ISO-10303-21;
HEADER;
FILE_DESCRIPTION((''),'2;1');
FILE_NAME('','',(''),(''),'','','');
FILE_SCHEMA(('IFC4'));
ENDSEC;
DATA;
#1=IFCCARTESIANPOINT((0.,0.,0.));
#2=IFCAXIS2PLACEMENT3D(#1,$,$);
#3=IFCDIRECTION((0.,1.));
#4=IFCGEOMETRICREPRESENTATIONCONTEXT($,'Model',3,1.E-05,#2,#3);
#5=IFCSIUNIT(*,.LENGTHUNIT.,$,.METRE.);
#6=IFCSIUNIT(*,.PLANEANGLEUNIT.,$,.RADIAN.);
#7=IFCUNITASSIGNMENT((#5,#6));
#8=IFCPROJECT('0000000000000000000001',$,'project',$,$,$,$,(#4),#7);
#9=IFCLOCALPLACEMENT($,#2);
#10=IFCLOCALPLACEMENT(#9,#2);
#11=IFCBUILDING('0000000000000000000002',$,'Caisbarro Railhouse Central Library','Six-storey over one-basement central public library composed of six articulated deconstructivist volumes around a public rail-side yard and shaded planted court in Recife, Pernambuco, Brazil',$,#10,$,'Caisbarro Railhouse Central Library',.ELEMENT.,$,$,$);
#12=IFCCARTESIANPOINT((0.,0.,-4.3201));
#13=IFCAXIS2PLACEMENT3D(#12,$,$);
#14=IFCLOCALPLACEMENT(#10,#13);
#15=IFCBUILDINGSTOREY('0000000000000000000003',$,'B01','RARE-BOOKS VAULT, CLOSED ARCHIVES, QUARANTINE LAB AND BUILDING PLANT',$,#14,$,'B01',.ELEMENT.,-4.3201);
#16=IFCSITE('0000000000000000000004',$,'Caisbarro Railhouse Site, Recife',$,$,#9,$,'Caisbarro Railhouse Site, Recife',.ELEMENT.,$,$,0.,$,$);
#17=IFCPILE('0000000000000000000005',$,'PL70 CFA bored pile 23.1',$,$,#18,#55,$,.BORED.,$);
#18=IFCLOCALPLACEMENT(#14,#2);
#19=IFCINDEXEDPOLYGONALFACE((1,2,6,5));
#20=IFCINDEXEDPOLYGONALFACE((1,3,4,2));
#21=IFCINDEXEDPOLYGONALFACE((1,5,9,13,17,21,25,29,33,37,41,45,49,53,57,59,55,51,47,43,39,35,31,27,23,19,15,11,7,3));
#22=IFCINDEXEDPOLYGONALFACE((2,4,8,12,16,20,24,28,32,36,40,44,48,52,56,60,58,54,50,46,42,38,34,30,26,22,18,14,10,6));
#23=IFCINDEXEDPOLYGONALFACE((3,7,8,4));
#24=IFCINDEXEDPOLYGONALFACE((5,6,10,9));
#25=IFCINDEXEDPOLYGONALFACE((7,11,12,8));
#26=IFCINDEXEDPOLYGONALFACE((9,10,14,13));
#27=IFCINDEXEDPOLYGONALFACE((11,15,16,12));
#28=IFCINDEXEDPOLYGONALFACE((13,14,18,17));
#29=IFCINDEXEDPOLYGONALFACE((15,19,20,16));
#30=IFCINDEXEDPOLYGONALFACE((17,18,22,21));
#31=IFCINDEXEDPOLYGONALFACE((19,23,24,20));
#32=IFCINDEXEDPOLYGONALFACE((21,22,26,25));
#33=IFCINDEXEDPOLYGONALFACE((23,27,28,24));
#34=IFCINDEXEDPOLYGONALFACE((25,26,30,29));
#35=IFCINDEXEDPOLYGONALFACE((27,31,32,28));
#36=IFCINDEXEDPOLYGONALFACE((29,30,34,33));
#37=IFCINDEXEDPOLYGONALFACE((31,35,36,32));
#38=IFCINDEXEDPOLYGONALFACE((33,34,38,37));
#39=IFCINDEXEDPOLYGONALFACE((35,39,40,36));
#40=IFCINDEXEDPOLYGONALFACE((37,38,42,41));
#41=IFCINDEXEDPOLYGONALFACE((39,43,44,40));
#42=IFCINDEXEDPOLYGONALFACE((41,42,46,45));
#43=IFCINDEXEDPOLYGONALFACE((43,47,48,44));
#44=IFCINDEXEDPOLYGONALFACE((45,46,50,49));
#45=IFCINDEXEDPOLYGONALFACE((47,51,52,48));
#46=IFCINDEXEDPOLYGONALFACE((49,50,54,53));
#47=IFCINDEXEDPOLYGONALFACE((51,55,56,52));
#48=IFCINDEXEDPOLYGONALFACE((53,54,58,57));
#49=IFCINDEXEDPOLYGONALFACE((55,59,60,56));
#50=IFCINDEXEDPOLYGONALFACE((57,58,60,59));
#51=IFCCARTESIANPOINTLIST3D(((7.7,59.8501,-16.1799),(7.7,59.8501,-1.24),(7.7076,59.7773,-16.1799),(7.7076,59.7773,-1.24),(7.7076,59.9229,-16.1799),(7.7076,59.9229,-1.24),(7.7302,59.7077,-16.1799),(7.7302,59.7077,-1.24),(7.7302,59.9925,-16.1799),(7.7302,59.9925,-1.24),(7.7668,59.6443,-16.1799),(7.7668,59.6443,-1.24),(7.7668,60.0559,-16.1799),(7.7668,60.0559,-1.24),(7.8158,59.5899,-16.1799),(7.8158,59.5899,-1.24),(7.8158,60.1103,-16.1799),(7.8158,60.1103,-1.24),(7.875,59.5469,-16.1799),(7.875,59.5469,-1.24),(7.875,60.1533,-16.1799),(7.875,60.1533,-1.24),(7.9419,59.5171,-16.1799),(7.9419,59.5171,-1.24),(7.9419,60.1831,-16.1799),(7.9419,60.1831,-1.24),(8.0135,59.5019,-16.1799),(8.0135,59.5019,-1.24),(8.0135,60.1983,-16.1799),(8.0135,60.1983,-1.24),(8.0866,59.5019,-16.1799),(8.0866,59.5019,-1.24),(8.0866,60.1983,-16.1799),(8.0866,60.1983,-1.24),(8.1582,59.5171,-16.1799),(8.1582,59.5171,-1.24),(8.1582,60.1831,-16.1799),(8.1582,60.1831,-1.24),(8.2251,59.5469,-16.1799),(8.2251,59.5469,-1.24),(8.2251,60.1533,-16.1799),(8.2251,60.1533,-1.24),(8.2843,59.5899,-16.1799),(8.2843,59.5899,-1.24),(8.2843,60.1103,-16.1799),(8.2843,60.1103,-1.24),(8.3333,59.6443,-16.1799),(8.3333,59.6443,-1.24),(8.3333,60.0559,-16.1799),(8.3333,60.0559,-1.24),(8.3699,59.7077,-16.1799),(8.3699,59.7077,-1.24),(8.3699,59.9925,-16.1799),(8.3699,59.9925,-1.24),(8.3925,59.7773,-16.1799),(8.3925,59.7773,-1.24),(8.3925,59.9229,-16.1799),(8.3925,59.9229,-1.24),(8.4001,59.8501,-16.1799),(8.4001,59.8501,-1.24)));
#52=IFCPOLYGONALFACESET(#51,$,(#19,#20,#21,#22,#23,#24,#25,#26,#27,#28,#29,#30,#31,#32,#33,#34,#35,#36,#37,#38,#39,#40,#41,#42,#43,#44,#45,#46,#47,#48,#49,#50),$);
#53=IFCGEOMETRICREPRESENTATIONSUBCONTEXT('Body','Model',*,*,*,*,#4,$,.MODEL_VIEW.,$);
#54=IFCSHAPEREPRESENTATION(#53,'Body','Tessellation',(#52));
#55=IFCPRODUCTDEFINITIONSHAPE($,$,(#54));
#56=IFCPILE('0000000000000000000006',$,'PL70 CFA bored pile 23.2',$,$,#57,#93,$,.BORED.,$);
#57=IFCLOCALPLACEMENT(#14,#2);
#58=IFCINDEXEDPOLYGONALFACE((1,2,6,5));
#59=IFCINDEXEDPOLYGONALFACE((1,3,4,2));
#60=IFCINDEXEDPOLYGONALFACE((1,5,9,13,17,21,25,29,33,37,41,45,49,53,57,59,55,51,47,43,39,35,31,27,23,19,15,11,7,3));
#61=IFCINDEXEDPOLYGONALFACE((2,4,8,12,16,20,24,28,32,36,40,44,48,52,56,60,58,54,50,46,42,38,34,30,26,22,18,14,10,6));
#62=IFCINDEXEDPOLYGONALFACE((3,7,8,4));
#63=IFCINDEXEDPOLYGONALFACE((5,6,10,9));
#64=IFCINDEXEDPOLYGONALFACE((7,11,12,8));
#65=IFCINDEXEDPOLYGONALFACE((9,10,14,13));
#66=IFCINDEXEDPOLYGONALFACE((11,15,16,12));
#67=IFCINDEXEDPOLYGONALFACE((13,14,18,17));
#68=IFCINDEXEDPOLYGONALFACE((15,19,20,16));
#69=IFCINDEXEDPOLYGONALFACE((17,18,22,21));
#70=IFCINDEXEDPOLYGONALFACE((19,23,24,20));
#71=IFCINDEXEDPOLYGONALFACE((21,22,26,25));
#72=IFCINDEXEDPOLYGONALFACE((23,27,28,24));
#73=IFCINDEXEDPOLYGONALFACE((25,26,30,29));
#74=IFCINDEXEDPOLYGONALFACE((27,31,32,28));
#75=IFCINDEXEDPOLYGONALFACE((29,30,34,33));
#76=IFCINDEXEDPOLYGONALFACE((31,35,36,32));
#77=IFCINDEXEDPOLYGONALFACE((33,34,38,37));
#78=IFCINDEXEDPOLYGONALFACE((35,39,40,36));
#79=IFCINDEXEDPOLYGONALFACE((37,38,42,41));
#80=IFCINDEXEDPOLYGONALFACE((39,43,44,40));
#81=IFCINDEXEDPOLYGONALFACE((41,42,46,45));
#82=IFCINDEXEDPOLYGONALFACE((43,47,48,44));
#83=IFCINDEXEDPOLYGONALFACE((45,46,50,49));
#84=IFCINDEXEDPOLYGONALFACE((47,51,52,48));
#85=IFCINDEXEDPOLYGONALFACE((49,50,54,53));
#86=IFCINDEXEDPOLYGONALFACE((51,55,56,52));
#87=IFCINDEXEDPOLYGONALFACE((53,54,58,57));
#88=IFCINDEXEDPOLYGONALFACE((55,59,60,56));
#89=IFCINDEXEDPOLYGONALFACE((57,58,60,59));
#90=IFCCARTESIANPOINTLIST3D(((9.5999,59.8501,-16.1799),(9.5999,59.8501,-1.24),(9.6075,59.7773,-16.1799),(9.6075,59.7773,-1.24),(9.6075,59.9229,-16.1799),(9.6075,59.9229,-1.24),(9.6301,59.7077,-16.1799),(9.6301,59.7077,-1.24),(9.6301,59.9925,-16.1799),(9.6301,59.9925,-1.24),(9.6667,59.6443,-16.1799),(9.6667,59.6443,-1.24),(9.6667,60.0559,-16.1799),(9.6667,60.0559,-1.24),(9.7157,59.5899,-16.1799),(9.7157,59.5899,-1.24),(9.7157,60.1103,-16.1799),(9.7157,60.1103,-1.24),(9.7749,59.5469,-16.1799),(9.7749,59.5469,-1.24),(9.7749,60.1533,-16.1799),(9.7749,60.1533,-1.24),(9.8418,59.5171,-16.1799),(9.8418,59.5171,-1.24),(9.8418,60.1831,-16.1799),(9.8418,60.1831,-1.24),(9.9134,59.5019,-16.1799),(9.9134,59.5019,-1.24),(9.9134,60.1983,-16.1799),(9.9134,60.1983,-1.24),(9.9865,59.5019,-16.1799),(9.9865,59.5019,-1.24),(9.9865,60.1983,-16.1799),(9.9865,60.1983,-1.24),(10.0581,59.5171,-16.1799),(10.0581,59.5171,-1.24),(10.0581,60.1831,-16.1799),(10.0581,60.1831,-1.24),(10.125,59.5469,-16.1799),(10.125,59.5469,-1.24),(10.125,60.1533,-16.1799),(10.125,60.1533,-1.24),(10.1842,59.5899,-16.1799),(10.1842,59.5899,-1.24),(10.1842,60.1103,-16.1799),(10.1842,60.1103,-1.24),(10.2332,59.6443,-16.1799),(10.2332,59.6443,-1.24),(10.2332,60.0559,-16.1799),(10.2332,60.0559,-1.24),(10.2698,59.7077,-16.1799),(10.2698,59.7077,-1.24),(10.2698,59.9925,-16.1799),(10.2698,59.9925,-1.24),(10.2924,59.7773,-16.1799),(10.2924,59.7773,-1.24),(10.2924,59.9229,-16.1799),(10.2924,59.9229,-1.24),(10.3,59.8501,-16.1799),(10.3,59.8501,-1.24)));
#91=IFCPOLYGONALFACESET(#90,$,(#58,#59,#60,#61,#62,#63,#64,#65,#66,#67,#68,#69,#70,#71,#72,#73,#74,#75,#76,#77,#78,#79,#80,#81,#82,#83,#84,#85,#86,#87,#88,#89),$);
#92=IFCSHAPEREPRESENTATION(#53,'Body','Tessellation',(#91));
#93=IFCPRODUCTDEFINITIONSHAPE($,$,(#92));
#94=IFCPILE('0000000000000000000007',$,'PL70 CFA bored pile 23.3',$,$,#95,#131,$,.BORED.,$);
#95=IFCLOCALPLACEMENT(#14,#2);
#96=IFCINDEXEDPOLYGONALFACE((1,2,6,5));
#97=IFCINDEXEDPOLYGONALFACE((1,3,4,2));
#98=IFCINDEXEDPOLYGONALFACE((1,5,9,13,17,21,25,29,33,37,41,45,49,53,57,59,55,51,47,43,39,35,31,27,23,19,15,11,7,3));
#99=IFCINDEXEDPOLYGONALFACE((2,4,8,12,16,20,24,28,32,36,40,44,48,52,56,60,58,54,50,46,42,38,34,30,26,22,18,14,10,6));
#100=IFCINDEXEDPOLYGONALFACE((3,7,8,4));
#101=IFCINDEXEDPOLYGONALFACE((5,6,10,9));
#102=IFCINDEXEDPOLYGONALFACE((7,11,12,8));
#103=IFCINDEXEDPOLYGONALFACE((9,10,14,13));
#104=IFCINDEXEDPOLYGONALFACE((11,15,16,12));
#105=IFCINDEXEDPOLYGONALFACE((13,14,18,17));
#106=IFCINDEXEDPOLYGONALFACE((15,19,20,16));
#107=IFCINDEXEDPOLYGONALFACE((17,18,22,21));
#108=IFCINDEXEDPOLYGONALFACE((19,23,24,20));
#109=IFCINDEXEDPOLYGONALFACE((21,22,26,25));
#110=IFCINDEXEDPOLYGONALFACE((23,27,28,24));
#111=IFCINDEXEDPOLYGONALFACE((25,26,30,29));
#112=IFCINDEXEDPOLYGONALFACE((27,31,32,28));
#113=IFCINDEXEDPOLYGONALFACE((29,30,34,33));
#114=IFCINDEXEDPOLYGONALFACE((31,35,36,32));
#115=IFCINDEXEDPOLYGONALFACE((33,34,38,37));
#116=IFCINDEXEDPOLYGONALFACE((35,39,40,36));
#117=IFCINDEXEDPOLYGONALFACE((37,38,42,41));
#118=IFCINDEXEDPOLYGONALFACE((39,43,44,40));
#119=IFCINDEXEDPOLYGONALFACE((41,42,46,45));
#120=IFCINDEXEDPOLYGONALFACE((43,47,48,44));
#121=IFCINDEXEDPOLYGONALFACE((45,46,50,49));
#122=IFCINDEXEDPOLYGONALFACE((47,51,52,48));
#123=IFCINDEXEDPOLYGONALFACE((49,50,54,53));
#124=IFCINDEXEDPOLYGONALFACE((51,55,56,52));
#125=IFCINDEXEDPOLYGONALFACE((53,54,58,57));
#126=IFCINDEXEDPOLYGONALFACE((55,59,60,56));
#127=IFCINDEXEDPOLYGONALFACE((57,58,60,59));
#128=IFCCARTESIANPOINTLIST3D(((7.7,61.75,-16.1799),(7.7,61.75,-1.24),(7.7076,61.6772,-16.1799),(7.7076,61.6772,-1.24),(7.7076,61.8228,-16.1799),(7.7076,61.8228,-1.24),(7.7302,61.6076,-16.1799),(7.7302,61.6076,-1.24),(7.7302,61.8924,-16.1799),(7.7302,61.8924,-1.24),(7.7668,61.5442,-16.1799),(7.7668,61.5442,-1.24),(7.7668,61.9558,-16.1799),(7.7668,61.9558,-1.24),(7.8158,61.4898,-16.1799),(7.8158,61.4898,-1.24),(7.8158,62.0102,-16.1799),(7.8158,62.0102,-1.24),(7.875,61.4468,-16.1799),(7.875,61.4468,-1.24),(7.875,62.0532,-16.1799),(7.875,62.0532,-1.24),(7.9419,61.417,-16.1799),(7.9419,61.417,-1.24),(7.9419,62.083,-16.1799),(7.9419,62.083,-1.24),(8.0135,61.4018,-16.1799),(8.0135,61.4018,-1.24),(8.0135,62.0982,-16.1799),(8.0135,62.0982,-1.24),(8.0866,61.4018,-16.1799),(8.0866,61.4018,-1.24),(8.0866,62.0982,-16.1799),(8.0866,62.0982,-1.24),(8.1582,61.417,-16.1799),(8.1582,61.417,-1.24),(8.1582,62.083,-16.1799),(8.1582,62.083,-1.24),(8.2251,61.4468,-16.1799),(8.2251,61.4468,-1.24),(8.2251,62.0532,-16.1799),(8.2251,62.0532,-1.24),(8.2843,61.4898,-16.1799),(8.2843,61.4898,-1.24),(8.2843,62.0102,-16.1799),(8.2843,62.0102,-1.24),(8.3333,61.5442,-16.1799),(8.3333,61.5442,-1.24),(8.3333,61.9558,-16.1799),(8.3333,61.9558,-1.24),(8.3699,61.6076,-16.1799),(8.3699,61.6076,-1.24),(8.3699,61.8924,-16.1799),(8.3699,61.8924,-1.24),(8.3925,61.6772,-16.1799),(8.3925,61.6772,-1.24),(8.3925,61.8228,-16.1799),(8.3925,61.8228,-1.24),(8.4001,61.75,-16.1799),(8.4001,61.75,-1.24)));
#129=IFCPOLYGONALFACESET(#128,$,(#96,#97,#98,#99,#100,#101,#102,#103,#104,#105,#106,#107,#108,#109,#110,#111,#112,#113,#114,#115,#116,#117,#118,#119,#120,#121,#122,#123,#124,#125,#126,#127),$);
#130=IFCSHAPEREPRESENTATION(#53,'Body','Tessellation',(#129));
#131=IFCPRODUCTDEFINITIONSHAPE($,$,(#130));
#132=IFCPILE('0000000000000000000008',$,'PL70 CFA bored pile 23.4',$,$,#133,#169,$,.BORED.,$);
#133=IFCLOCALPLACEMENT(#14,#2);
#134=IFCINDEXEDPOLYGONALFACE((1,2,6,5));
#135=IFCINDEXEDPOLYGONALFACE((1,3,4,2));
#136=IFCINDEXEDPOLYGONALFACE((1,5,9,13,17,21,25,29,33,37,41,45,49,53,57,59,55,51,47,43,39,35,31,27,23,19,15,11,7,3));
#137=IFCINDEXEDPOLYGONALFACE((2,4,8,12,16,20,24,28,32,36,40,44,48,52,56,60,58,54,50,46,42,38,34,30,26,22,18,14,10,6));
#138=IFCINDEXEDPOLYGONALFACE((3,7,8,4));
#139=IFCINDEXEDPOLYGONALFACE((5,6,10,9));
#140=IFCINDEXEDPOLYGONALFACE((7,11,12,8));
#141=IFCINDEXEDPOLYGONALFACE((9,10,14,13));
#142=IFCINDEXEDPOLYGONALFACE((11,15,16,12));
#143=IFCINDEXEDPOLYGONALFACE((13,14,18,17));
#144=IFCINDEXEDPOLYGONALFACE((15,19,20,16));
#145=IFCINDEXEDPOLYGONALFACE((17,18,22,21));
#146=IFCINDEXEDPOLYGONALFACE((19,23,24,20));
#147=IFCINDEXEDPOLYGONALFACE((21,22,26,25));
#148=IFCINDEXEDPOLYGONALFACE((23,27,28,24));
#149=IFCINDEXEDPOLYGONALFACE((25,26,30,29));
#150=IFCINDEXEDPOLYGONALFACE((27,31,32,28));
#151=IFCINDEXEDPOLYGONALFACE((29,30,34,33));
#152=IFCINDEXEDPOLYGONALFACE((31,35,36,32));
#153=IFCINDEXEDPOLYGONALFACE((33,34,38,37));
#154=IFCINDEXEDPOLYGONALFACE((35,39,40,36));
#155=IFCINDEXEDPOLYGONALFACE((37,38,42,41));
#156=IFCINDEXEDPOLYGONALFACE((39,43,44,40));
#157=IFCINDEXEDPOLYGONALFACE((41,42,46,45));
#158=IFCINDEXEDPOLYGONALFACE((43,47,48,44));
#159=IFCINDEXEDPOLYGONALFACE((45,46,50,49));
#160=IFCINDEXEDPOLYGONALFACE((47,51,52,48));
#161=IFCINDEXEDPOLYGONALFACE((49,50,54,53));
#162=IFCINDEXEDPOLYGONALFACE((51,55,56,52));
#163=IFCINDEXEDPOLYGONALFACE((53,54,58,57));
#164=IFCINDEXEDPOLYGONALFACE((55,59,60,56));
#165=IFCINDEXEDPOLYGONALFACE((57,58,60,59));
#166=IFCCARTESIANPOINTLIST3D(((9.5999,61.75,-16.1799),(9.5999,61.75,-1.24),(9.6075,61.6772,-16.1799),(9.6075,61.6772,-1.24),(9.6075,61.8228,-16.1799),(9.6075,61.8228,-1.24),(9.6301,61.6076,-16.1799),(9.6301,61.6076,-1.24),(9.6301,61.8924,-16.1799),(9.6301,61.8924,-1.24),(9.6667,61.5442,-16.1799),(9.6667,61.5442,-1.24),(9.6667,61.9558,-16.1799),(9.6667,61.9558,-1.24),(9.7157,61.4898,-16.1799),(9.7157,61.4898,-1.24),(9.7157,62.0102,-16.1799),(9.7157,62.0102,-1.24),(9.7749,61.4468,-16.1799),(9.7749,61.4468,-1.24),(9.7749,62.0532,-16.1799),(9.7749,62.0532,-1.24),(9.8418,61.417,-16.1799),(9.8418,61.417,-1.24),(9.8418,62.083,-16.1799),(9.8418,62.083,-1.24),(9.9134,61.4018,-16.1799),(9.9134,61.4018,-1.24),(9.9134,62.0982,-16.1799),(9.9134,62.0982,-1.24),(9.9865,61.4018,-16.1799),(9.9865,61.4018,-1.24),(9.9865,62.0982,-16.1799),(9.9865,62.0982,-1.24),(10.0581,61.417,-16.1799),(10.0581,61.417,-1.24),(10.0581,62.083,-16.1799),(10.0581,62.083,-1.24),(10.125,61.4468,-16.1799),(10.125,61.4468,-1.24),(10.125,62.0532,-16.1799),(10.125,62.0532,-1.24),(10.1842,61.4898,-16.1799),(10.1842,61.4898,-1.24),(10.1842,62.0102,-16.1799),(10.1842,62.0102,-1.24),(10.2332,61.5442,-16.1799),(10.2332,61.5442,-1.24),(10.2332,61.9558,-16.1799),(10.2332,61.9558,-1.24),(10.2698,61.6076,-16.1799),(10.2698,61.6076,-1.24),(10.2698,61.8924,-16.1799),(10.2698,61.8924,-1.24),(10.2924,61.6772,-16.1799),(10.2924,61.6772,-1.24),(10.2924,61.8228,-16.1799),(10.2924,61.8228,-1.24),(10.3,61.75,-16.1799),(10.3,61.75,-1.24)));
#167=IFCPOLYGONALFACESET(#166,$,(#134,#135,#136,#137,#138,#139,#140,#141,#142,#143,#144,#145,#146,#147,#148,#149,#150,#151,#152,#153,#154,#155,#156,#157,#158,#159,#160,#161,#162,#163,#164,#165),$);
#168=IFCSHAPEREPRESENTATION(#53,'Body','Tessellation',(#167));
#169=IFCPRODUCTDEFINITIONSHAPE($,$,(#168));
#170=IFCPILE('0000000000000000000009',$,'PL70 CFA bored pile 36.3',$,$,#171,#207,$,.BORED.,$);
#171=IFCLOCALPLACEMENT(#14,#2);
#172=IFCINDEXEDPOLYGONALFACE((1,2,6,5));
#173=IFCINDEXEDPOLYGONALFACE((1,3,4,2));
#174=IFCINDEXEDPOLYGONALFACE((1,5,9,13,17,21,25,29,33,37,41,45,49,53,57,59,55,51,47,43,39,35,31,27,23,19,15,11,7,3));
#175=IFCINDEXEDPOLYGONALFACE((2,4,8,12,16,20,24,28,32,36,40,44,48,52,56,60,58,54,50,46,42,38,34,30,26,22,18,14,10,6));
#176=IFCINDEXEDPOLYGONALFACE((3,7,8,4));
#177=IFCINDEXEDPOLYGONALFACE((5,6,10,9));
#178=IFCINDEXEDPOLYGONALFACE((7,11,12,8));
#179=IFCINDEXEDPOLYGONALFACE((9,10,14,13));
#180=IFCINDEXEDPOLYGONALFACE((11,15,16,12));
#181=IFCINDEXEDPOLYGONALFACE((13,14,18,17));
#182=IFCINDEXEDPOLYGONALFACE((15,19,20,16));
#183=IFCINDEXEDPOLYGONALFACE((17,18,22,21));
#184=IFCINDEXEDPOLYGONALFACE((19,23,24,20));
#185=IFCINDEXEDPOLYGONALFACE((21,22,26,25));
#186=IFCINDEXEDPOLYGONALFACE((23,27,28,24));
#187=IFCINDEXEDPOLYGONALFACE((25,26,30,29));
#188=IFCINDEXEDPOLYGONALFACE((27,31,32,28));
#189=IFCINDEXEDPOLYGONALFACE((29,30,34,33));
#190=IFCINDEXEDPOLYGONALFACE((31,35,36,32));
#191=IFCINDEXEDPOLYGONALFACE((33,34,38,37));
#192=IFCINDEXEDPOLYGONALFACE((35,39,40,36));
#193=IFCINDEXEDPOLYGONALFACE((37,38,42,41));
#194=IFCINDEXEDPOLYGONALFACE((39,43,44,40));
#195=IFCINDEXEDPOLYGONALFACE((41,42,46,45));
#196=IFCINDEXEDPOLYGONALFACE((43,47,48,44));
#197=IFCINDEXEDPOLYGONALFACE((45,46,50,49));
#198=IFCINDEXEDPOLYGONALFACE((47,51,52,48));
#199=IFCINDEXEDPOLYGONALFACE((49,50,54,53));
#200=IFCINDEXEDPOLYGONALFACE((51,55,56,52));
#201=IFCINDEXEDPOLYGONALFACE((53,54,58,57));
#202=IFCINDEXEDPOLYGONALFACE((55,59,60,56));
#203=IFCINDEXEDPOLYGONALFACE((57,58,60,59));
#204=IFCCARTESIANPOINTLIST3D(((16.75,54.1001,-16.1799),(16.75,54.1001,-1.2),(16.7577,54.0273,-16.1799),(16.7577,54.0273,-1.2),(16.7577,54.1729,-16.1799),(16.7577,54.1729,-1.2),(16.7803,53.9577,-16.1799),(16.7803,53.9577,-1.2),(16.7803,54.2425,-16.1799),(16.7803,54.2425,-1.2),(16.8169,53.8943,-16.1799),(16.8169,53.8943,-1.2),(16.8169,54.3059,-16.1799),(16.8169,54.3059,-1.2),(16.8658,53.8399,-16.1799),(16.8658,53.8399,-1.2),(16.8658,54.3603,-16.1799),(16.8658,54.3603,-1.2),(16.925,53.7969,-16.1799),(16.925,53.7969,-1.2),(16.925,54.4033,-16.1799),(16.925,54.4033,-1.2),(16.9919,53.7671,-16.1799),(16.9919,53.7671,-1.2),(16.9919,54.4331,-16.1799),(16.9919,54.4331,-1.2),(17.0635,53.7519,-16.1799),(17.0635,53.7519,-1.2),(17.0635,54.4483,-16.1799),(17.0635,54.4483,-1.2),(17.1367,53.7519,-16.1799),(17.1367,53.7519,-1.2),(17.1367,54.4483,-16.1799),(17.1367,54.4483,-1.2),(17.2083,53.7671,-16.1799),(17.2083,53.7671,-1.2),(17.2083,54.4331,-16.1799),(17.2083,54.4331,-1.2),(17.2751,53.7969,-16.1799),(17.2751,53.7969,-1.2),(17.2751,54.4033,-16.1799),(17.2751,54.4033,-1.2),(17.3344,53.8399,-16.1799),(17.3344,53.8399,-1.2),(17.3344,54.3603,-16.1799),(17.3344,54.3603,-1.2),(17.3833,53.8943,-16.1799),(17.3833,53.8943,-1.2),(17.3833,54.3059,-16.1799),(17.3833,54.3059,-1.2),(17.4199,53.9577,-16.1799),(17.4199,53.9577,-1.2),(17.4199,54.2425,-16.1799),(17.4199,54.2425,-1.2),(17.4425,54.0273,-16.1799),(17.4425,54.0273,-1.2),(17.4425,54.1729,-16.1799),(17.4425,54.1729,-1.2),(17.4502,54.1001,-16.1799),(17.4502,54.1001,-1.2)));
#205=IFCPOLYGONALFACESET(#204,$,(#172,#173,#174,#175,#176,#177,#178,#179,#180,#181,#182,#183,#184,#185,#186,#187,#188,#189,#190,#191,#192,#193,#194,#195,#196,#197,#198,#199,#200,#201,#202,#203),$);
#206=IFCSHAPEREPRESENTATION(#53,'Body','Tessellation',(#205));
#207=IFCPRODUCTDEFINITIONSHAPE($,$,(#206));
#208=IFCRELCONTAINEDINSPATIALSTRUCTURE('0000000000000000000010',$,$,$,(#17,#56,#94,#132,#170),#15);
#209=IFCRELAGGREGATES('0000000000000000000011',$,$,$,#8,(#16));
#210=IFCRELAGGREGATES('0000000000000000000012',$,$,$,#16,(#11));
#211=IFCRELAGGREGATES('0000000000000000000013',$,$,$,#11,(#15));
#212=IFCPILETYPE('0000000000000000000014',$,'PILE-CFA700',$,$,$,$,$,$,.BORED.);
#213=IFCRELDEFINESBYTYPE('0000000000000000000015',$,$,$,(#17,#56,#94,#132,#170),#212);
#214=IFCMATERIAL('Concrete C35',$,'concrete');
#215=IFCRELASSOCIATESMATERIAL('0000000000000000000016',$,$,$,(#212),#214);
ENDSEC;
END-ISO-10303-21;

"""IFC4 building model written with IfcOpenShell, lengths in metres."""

from ifc_helpers import new_model, si_unit, direction, frame, origin, origin_2d, place, context, subcontext, project, spatial, circle, extrude, material, material_profile, profile_set, type_object, element, save


model = new_model("IFC4")

# Units and contexts
model_context = context("Model", 3, precision=1e-05, world=origin(), true_north=direction((0.0, 1.0)))
body_context = subcontext(model_context, "Body", "Model", "MODEL_VIEW")
ifc_project = project(units=[si_unit("LENGTHUNIT", "METRE"), si_unit("PLANEANGLEUNIT", "RADIAN")], contexts=[model_context])

# Site, building, storey
site_placement = place(None, origin())
site = spatial("IfcSite", under=ifc_project, at=site_placement, Name="Caisbarro Railhouse Site, Recife", LongName="Caisbarro Railhouse Site, Recife", CompositionType="ELEMENT", RefElevation=0.0)
building_placement = place(site_placement, origin())
building = spatial("IfcBuilding", under=site, at=building_placement, Name="Caisbarro Railhouse Central Library", Description="Six-storey over one-basement central public library composed of six articulated deconstructivist volumes around a public rail-side yard and shaded planted court in Recife, Pernambuco, Brazil", LongName="Caisbarro Railhouse Central Library", CompositionType="ELEMENT")
storey_placement = place(building_placement, frame((0.0, 0.0, -4.3201)))
storey = spatial("IfcBuildingStorey", under=building, at=storey_placement, Name="B01", Description="RARE-BOOKS VAULT, CLOSED ARCHIVES, QUARANTINE LAB AND BUILDING PLANT", LongName="B01", CompositionType="ELEMENT", Elevation=-4.3201)

# Shared definitions
ifc_material_1 = material(Name="Concrete C35", Category="concrete")

# Piles
ifc_material_profile_1 = material_profile(ifc_material_1, circle(Radius=0.3501, at=origin_2d()), Name="PILE-CFA-700")
ifc_profile_set_1 = profile_set([ifc_material_profile_1], Name="Concrete C35")
pile_type_1 = type_object("IfcPileType", Name="PILE-CFA700", PredefinedType="BORED", material=ifc_profile_set_1)
for number, where, z_axis, x_axis, name in (
    (1, (8.05, 59.8501, -1.24), (0.0, 0.0, -1.0), (1.0, 0.0, 0.0), "PL70 CFA bored pile 23.1"),
    (2, (9.95, 59.8501, -1.24), (0.0, 0.0, -1.0), (1.0, 0.0, 0.0), "PL70 CFA bored pile 23.2"),
    (3, (8.05, 61.75, -1.24), (0.0, 0.0, -1.0), (1.0, 0.0, 0.0), "PL70 CFA bored pile 23.3"),
    (4, (9.95, 61.75, -1.24), (0.0, 0.0, -1.0), (1.0, 0.0, 0.0), "PL70 CFA bored pile 23.4"),
):
    element("IfcPile", number, at=place(storey_placement, frame(where, z_axis=z_axis, x_axis=x_axis)), inside=storey, type_object=pile_type_1, Name=name, PredefinedType="BORED", context=body_context, shape_type="SweptSolid", body=[
        extrude(circle(Radius=0.3501, at=origin_2d()), origin(), (0.0, 0.0, 1.0), 14.9399),
    ])
pile_placement = place(storey_placement, frame((17.1001, 54.1001, -1.2), z_axis=(0.0, 0.0, -1.0), x_axis=(1.0, 0.0, 0.0)))
element("IfcPile", 5, at=pile_placement, inside=storey, type_object=pile_type_1, Name="PL70 CFA bored pile 36.3", PredefinedType="BORED", context=body_context, shape_type="SweptSolid", body=[
    extrude(circle(Radius=0.3501, at=origin_2d()), origin(), (0.0, 0.0, 1.0), 14.98),
])

save(model, "model.ifc")
